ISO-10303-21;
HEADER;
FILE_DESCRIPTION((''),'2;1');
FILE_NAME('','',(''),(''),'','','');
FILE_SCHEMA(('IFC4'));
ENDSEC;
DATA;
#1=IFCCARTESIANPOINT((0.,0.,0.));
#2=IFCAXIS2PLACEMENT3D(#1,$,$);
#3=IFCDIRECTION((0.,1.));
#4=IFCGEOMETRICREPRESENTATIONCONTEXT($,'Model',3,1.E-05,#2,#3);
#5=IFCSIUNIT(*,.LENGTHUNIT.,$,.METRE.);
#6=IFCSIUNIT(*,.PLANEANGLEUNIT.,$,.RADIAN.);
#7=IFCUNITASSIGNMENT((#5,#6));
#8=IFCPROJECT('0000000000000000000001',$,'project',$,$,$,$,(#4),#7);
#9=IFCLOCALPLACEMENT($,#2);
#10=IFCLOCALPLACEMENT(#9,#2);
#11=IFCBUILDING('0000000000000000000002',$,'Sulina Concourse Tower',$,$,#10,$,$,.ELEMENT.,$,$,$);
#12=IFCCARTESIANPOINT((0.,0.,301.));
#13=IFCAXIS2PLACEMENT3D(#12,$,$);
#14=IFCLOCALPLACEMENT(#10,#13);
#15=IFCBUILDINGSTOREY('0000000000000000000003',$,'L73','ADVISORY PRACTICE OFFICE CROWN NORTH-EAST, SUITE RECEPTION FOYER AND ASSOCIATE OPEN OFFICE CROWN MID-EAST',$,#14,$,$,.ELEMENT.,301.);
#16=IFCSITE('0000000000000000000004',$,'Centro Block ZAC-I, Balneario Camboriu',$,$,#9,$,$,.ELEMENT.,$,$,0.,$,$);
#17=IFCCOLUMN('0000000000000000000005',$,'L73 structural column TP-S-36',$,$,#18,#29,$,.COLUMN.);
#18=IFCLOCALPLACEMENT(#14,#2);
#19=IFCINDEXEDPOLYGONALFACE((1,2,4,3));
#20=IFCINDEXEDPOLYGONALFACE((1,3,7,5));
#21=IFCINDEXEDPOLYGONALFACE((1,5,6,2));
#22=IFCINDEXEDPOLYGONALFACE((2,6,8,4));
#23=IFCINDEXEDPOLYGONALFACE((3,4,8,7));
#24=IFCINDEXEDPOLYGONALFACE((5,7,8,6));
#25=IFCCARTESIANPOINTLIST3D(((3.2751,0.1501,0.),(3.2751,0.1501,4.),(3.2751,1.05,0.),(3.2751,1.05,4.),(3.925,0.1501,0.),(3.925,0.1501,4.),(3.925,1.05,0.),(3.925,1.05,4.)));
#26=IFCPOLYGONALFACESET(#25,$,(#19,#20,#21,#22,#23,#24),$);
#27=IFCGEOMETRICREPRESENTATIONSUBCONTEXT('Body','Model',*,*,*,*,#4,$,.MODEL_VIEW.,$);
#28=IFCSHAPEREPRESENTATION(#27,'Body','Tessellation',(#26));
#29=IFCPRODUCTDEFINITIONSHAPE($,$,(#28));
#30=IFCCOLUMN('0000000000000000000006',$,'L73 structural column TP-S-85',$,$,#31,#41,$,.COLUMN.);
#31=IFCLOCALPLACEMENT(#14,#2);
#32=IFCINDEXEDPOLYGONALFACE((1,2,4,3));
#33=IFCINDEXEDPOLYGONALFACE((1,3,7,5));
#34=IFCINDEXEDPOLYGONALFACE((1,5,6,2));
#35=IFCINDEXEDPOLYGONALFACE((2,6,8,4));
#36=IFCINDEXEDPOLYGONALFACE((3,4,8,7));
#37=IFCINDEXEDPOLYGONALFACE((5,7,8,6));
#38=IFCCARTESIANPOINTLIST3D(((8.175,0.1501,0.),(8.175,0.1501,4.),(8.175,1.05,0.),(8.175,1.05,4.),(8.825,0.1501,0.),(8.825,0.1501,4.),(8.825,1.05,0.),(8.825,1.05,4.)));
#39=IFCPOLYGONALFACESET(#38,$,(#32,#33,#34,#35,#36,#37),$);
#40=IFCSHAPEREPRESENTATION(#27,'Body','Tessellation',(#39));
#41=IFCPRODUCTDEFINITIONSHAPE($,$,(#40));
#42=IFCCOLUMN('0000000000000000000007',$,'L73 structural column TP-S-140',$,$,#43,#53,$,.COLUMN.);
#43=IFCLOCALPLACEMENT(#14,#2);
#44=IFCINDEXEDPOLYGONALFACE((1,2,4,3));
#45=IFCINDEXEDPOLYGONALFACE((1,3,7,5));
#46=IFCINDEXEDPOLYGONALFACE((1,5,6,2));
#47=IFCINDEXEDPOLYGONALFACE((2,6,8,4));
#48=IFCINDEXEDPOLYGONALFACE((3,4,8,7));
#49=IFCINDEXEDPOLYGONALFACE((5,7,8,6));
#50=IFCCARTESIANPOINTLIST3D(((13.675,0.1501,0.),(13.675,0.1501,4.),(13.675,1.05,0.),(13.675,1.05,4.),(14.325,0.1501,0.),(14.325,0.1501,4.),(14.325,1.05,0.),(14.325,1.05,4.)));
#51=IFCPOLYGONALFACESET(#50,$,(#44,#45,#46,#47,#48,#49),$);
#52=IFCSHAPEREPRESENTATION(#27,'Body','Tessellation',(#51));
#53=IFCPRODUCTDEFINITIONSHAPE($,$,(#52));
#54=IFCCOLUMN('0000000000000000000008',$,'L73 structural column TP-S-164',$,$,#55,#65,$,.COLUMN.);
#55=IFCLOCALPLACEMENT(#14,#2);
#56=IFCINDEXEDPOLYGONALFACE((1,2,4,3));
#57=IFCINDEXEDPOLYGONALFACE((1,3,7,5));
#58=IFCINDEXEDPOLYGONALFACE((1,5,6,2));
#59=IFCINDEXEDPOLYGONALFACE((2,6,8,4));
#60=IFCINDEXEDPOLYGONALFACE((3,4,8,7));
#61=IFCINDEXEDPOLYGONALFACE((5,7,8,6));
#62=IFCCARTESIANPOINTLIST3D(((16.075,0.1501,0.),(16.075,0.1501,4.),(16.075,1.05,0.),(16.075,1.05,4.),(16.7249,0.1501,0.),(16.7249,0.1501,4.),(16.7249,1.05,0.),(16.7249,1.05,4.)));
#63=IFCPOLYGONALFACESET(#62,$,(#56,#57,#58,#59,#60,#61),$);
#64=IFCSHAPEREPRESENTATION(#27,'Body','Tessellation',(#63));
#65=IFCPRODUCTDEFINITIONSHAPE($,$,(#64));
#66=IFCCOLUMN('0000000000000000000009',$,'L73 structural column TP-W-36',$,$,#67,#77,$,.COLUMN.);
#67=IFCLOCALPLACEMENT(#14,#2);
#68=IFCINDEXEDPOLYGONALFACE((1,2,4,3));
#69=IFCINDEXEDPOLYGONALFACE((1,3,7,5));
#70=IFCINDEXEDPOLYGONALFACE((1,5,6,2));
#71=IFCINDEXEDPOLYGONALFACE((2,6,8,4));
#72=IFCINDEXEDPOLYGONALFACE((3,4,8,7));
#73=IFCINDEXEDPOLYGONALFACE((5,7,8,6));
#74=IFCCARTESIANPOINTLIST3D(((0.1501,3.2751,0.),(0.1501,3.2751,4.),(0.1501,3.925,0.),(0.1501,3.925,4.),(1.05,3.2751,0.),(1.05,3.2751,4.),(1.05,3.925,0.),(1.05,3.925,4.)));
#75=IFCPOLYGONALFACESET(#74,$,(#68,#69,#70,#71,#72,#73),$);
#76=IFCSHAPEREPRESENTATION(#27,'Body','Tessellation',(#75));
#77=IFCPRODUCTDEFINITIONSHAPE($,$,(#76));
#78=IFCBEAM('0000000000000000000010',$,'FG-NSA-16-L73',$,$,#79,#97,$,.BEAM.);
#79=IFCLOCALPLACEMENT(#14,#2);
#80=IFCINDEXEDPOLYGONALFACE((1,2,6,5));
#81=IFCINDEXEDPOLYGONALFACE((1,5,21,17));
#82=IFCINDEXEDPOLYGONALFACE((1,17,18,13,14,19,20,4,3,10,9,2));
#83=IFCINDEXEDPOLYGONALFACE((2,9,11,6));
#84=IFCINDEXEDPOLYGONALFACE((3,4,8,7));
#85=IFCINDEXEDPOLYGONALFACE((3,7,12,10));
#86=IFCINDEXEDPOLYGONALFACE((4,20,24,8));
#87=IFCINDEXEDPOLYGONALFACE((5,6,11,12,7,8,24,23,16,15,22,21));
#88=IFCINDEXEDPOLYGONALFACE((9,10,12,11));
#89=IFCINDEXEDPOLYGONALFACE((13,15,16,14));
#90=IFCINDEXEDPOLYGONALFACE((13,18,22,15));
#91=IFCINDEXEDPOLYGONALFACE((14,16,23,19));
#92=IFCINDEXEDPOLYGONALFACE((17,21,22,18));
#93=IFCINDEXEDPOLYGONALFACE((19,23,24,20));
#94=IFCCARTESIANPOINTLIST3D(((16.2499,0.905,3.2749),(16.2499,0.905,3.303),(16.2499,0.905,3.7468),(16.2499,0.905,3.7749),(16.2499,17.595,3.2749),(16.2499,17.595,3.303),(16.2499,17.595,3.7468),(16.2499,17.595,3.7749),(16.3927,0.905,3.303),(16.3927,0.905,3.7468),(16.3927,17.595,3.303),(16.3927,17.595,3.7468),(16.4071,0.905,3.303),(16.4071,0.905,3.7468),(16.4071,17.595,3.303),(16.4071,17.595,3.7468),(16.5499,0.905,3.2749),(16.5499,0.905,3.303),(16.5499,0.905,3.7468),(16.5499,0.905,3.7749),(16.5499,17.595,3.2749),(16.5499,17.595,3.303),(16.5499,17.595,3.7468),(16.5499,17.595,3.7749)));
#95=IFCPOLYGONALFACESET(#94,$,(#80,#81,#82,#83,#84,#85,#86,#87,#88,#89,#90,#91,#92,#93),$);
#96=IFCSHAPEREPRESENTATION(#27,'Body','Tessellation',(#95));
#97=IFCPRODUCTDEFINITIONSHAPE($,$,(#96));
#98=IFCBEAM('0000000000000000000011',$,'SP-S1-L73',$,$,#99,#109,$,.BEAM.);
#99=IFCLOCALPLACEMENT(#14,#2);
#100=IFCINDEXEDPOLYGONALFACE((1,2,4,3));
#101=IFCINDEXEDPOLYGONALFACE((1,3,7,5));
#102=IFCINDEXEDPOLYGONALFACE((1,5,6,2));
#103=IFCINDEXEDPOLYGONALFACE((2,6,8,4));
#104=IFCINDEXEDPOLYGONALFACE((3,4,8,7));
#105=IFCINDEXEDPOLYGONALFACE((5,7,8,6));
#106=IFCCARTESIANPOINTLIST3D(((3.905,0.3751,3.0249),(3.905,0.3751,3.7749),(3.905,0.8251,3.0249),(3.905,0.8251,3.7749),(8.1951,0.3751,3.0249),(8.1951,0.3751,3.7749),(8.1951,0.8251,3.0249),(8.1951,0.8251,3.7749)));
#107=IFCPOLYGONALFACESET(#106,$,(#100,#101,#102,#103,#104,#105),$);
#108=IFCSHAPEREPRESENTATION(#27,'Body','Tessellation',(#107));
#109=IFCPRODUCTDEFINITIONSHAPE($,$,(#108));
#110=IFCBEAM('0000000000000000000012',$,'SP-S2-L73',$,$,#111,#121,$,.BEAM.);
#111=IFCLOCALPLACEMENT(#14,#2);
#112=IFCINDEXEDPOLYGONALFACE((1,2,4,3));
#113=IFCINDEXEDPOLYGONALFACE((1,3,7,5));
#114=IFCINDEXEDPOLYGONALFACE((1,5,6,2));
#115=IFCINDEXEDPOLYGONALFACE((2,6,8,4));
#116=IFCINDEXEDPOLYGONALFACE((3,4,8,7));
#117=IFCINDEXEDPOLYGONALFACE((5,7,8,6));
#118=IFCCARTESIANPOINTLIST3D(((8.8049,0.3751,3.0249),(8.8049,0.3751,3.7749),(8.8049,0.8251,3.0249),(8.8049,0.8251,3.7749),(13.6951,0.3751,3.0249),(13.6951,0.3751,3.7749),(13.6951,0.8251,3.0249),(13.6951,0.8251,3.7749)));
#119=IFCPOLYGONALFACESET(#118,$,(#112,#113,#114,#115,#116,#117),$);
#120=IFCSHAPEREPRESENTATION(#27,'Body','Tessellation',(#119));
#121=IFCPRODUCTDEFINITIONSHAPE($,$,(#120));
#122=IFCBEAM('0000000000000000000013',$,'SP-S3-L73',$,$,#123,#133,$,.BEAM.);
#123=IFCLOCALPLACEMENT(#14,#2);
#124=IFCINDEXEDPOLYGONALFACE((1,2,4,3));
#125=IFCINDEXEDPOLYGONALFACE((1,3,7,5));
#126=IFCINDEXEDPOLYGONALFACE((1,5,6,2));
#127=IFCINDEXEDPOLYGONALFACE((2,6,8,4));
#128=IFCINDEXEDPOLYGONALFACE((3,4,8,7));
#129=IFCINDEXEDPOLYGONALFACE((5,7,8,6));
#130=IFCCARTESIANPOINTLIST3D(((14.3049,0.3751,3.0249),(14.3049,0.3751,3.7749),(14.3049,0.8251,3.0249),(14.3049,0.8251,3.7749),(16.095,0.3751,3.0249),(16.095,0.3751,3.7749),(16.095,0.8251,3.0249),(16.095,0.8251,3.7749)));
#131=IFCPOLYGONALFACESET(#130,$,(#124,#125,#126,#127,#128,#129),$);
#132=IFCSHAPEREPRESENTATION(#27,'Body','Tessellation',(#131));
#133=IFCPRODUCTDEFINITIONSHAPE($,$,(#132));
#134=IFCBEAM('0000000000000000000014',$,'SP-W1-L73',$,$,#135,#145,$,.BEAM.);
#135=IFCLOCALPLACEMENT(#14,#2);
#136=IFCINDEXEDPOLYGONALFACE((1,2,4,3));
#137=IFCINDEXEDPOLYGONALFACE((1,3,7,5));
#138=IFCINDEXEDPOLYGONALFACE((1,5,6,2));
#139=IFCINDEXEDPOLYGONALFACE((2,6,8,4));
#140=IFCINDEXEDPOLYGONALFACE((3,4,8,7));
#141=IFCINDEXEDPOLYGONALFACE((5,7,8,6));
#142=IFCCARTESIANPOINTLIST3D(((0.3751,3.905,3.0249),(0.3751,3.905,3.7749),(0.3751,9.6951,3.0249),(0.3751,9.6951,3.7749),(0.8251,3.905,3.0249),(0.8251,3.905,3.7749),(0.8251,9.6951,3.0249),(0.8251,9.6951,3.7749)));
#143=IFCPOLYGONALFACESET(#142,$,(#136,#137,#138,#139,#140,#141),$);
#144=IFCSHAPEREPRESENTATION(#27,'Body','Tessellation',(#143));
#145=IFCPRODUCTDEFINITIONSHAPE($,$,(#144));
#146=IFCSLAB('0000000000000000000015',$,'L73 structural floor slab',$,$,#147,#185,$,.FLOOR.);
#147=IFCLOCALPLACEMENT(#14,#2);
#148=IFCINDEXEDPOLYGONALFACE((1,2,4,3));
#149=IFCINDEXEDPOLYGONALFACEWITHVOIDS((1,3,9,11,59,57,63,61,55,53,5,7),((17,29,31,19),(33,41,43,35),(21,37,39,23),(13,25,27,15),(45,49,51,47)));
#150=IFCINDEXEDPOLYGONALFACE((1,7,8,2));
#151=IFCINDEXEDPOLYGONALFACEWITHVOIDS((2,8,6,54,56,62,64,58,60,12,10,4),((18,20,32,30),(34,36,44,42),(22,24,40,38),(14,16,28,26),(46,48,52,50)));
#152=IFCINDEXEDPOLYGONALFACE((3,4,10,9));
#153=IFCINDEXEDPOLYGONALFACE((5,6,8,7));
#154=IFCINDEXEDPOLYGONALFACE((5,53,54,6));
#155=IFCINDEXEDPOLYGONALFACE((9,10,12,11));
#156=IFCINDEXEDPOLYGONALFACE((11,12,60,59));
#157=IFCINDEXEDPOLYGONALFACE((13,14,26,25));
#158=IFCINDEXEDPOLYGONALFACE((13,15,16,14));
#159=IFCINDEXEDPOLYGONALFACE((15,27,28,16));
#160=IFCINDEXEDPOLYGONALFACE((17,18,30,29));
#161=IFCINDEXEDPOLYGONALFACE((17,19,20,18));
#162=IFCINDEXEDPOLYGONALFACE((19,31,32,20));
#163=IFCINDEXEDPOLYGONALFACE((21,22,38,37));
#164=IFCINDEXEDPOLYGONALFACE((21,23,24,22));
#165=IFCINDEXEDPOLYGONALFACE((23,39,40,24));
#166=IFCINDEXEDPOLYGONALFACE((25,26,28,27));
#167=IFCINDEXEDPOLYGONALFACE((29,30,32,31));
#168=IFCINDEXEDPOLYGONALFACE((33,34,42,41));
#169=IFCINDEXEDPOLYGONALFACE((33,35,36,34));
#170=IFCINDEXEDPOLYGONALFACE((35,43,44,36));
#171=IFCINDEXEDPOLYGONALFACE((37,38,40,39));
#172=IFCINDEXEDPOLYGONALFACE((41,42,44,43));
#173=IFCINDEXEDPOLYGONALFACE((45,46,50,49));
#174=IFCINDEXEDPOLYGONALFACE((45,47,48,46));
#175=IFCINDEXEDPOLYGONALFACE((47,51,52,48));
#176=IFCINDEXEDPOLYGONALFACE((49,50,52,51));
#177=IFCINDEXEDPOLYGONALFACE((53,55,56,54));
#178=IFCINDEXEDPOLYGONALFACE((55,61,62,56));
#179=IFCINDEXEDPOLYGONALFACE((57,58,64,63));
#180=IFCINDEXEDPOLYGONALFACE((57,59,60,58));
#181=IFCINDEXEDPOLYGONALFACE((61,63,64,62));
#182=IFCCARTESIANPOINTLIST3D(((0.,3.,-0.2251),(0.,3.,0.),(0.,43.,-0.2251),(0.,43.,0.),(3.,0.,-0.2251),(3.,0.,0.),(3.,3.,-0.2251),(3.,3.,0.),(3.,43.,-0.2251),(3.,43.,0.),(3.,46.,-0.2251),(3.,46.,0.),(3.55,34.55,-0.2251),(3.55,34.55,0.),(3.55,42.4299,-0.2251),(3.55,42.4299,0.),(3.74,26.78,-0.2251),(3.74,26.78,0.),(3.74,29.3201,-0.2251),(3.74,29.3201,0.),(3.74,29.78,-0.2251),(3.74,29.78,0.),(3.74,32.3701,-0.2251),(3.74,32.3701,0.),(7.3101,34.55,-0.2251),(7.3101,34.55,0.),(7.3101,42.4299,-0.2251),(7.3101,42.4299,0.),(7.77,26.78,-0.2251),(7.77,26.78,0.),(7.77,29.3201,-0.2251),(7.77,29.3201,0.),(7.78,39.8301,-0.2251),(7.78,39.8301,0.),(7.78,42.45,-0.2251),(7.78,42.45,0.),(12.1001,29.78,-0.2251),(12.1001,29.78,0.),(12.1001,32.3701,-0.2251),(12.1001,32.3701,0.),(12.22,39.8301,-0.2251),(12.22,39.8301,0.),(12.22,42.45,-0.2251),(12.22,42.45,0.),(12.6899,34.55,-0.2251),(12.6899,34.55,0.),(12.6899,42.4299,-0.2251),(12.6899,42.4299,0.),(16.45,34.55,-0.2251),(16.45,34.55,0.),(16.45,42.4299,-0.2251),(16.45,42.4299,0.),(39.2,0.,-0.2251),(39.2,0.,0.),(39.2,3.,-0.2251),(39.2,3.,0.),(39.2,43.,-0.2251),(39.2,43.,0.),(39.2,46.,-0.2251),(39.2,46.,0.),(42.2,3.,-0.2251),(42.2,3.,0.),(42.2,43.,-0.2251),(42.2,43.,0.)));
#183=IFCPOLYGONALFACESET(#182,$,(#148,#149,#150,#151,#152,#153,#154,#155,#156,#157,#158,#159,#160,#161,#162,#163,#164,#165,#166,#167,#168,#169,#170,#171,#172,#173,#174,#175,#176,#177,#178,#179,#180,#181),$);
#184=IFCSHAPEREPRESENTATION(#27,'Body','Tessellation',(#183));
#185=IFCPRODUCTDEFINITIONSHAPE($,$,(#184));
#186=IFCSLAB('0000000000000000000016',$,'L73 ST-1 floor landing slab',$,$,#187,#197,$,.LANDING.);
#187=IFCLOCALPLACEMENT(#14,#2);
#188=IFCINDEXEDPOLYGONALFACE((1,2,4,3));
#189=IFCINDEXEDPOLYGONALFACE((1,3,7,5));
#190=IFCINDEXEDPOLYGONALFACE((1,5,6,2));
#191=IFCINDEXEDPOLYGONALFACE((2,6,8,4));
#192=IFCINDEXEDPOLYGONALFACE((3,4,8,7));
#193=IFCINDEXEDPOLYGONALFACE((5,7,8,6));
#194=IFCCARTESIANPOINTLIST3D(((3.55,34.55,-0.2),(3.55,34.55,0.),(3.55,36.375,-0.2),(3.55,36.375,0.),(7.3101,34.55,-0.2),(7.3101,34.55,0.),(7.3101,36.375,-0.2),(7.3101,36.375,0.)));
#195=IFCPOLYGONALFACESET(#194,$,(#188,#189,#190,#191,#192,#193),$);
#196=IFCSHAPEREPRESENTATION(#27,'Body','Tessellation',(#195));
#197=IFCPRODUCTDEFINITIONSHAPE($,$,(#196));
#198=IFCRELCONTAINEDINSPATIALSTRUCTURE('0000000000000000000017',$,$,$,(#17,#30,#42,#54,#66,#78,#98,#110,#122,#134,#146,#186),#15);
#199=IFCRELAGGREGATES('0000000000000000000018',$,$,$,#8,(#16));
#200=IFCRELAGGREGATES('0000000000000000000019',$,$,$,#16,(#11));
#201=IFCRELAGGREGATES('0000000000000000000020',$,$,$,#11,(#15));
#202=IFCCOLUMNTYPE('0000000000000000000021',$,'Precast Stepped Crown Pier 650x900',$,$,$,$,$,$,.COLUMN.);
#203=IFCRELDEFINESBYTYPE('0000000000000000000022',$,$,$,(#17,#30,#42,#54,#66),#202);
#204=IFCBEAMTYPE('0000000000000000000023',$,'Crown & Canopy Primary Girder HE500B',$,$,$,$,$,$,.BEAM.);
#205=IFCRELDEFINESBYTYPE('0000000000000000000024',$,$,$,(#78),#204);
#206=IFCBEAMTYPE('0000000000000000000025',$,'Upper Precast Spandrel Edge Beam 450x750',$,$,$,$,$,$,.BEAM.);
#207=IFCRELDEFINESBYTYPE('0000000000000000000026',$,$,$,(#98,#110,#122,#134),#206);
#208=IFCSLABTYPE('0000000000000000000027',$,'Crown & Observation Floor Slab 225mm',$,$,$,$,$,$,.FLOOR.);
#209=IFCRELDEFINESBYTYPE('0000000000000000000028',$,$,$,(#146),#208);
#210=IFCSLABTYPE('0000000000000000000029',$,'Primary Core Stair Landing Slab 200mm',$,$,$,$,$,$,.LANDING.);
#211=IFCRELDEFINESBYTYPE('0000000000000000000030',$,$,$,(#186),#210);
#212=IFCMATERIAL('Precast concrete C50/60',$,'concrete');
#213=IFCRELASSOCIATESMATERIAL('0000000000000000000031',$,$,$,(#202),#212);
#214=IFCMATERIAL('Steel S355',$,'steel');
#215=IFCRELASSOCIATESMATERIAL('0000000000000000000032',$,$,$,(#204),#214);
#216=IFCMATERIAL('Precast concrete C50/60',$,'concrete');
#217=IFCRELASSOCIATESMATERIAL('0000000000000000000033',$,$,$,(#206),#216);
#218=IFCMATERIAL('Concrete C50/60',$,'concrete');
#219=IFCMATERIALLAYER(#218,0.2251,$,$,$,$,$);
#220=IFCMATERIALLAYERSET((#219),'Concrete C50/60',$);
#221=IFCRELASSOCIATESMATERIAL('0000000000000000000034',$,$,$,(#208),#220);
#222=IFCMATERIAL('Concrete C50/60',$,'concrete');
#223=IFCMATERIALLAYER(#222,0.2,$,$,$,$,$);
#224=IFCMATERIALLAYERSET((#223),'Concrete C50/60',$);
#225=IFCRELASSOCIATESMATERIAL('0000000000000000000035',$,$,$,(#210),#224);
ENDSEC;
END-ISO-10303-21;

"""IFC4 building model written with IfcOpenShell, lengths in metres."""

from ifc_helpers import new_model, si_unit, direction, frame, origin, origin_2d, place, context, subcontext, project, spatial, polyline, rectangle, i_section, outline, extrude, material, layer, layer_set, material_profile, profile_set, type_object, element, save


model = new_model("IFC4")

# Units and contexts
model_context = context("Model", 3, precision=1e-05, world=origin(), true_north=direction((0.0, 1.0)))
body_context = subcontext(model_context, "Body", "Model", "MODEL_VIEW")
ifc_project = project(units=[si_unit("LENGTHUNIT", "METRE"), si_unit("PLANEANGLEUNIT", "RADIAN")], contexts=[model_context])

# Site, building, storey
site_placement = place(None, origin())
site = spatial("IfcSite", under=ifc_project, at=site_placement, Name="Centro Block ZAC-I, Balneario Camboriu", CompositionType="ELEMENT", RefElevation=0.0)
building_placement = place(site_placement, origin())
building = spatial("IfcBuilding", under=site, at=building_placement, Name="Sulina Concourse Tower", CompositionType="ELEMENT")
storey_placement = place(building_placement, frame((0.0, 0.0, 301.0)))
storey = spatial("IfcBuildingStorey", under=building, at=storey_placement, Name="L73", Description="ADVISORY PRACTICE OFFICE CROWN NORTH-EAST, SUITE RECEPTION FOYER AND ASSOCIATE OPEN OFFICE CROWN MID-EAST", CompositionType="ELEMENT", Elevation=301.0)

# Columns
ifc_material_1 = material(Name="Precast concrete C50/60", Category="concrete")
ifc_material_profile_1 = material_profile(ifc_material_1, rectangle(XDim=0.6499, YDim=0.8999, at=origin_2d()), Name="PC 650x900")
ifc_profile_set_1 = profile_set([ifc_material_profile_1], Name="Precast concrete C50/60")
column_type = type_object("IfcColumnType", Name="Precast Stepped Crown Pier 650x900", PredefinedType="COLUMN", material=ifc_profile_set_1)
for number, where, z_axis, x_axis, name in (
    (1, (3.6001, 0.6001, 0.0), (0.0, 0.0, 1.0), (1.0, 0.0, 0.0), "L73 structural column TP-S-36"),
    (2, (8.5, 0.6001, 0.0), (0.0, 0.0, 1.0), (1.0, 0.0, 0.0), "L73 structural column TP-S-85"),
    (3, (14.0, 0.6001, 0.0), (0.0, 0.0, 1.0), (1.0, 0.0, 0.0), "L73 structural column TP-S-140"),
    (4, (16.3999, 0.6001, 0.0), (0.0, 0.0, 1.0), (1.0, 0.0, 0.0), "L73 structural column TP-S-164"),
    (5, (0.6001, 3.6001, 0.0), (0.0, 0.0, 1.0), (0.0, 1.0, 0.0), "L73 structural column TP-W-36"),
):
    element("IfcColumn", number, at=place(storey_placement, frame(where, z_axis=z_axis, x_axis=x_axis)), inside=storey, type_object=column_type, Name=name, PredefinedType="COLUMN", context=body_context, shape_type="SweptSolid", body=[
        extrude(rectangle(XDim=0.6499, YDim=0.8999, at=origin_2d()), origin(), (0.0, 0.0, 1.0), 4.0),
    ])

# Beams
ifc_material_2 = material(Name="Steel S355", Category="steel")
ifc_material_profile_2 = material_profile(ifc_material_2, i_section(OverallWidth=0.3, OverallDepth=0.5, WebThickness=0.0144, FlangeThickness=0.0281, at=origin_2d()), Name="HE 500 B")
ifc_profile_set_2 = profile_set([ifc_material_profile_2], Name="Steel S355")
beam_type_1 = type_object("IfcBeamType", Name="Crown & Canopy Primary Girder HE500B", PredefinedType="BEAM", material=ifc_profile_set_2)
beam_1_placement = place(storey_placement, frame((16.3999, 0.905, 3.5249), z_axis=(0.0, 1.0, 0.0), x_axis=(-1.0, 0.0, 0.0)))
element("IfcBeam", 6, at=beam_1_placement, inside=storey, type_object=beam_type_1, Name="FG-NSA-16-L73", PredefinedType="BEAM", context=body_context, shape_type="SweptSolid", body=[
    extrude(i_section(OverallWidth=0.3, OverallDepth=0.5, WebThickness=0.0144, FlangeThickness=0.0281, at=origin_2d()), origin(), (0.0, 0.0, 1.0), 16.6899),
])
ifc_material_3 = material(Name="Precast concrete C50/60", Category="concrete")
ifc_material_profile_3 = material_profile(ifc_material_3, rectangle(XDim=0.45, YDim=0.75, at=origin_2d()), Name="RC 450x750")
ifc_profile_set_3 = profile_set([ifc_material_profile_3], Name="Precast concrete C50/60")
beam_type_2 = type_object("IfcBeamType", Name="Upper Precast Spandrel Edge Beam 450x750", PredefinedType="BEAM", material=ifc_profile_set_3)
beam_2_placement = place(storey_placement, frame((3.905, 0.6001, 3.3999), z_axis=(1.0, 0.0, 0.0), x_axis=(0.0, 1.0, 0.0)))
element("IfcBeam", 7, at=beam_2_placement, inside=storey, type_object=beam_type_2, Name="SP-S1-L73", PredefinedType="BEAM", context=body_context, shape_type="SweptSolid", body=[
    extrude(rectangle(XDim=0.45, YDim=0.75, at=origin_2d()), origin(), (0.0, 0.0, 1.0), 4.29),
])
beam_3_placement = place(storey_placement, frame((8.8049, 0.6001, 3.3999), z_axis=(1.0, 0.0, 0.0), x_axis=(0.0, 1.0, 0.0)))
element("IfcBeam", 8, at=beam_3_placement, inside=storey, type_object=beam_type_2, Name="SP-S2-L73", PredefinedType="BEAM", context=body_context, shape_type="SweptSolid", body=[
    extrude(rectangle(XDim=0.45, YDim=0.75, at=origin_2d()), origin(), (0.0, 0.0, 1.0), 4.8901),
])
beam_4_placement = place(storey_placement, frame((14.3049, 0.6001, 3.3999), z_axis=(1.0, 0.0, 0.0), x_axis=(0.0, 1.0, 0.0)))
element("IfcBeam", 9, at=beam_4_placement, inside=storey, type_object=beam_type_2, Name="SP-S3-L73", PredefinedType="BEAM", context=body_context, shape_type="SweptSolid", body=[
    extrude(rectangle(XDim=0.45, YDim=0.75, at=origin_2d()), origin(), (0.0, 0.0, 1.0), 1.79),
])
beam_5_placement = place(storey_placement, frame((0.6001, 3.905, 3.3999), z_axis=(0.0, 1.0, 0.0), x_axis=(-1.0, 0.0, 0.0)))
element("IfcBeam", 10, at=beam_5_placement, inside=storey, type_object=beam_type_2, Name="SP-W1-L73", PredefinedType="BEAM", context=body_context, shape_type="SweptSolid", body=[
    extrude(rectangle(XDim=0.45, YDim=0.75, at=origin_2d()), origin(), (0.0, 0.0, 1.0), 5.79),
])

# Slabs
ifc_material_4 = material(Name="Concrete C50/60", Category="concrete")
ifc_layer_1 = layer(ifc_material_4, 0.2251)
ifc_layer_set_1 = layer_set([ifc_layer_1], Name="Concrete C50/60")
slab_type_1 = type_object("IfcSlabType", Name="Crown & Observation Floor Slab 225mm", PredefinedType="FLOOR", material=ifc_layer_set_1)
slab_1_placement = place(storey_placement, frame((0.0, 0.0, -0.2251)))
element("IfcSlab", 11, at=slab_1_placement, inside=storey, type_object=slab_type_1, Name="L73 structural floor slab", PredefinedType="FLOOR", context=body_context, shape_type="SweptSolid", body=[
    extrude(outline(polyline([(3.0, 0.0), (39.2, 0.0), (39.2, 3.0), (42.2, 3.0), (42.2, 43.0), (39.2, 43.0), (39.2, 46.0), (3.0, 46.0), (3.0, 43.0), (0.0, 43.0), (0.0, 3.0), (3.0, 3.0), (3.0, 0.0)]), holes=[polyline([(7.3101, 34.55), (7.3101, 42.4299), (3.55, 42.4299), (3.55, 34.55), (7.3101, 34.55)]), polyline([(16.45, 34.55), (16.45, 42.4299), (12.6899, 42.4299), (12.6899, 34.55), (16.45, 34.55)]), polyline([(7.78, 39.8301), (12.22, 39.8301), (12.22, 42.45), (7.78, 42.45), (7.78, 39.8301)]), polyline([(3.74, 26.78), (7.77, 26.78), (7.77, 29.3201), (3.74, 29.3201), (3.74, 26.78)]), polyline([(3.74, 29.78), (12.1001, 29.78), (12.1001, 32.3701), (3.74, 32.3701), (3.74, 29.78)])]), origin(), (0.0, 0.0, 1.0), 0.2251),
])
ifc_material_5 = material(Name="Concrete C50/60", Category="concrete")
ifc_layer_2 = layer(ifc_material_5, 0.2)
ifc_layer_set_2 = layer_set([ifc_layer_2], Name="Concrete C50/60")
slab_type_2 = type_object("IfcSlabType", Name="Primary Core Stair Landing Slab 200mm", PredefinedType="LANDING", material=ifc_layer_set_2)
slab_2_placement = place(storey_placement, frame((0.0, 0.0, -0.2)))
element("IfcSlab", 12, at=slab_2_placement, inside=storey, type_object=slab_type_2, Name="L73 ST-1 floor landing slab", PredefinedType="LANDING", context=body_context, shape_type="SweptSolid", body=[
    extrude(outline(polyline([(7.3101, 34.55), (7.3101, 36.375), (3.55, 36.375), (3.55, 34.55), (7.3101, 34.55)])), origin(), (0.0, 0.0, 1.0), 0.2),
])

save(model, "model.ifc")
